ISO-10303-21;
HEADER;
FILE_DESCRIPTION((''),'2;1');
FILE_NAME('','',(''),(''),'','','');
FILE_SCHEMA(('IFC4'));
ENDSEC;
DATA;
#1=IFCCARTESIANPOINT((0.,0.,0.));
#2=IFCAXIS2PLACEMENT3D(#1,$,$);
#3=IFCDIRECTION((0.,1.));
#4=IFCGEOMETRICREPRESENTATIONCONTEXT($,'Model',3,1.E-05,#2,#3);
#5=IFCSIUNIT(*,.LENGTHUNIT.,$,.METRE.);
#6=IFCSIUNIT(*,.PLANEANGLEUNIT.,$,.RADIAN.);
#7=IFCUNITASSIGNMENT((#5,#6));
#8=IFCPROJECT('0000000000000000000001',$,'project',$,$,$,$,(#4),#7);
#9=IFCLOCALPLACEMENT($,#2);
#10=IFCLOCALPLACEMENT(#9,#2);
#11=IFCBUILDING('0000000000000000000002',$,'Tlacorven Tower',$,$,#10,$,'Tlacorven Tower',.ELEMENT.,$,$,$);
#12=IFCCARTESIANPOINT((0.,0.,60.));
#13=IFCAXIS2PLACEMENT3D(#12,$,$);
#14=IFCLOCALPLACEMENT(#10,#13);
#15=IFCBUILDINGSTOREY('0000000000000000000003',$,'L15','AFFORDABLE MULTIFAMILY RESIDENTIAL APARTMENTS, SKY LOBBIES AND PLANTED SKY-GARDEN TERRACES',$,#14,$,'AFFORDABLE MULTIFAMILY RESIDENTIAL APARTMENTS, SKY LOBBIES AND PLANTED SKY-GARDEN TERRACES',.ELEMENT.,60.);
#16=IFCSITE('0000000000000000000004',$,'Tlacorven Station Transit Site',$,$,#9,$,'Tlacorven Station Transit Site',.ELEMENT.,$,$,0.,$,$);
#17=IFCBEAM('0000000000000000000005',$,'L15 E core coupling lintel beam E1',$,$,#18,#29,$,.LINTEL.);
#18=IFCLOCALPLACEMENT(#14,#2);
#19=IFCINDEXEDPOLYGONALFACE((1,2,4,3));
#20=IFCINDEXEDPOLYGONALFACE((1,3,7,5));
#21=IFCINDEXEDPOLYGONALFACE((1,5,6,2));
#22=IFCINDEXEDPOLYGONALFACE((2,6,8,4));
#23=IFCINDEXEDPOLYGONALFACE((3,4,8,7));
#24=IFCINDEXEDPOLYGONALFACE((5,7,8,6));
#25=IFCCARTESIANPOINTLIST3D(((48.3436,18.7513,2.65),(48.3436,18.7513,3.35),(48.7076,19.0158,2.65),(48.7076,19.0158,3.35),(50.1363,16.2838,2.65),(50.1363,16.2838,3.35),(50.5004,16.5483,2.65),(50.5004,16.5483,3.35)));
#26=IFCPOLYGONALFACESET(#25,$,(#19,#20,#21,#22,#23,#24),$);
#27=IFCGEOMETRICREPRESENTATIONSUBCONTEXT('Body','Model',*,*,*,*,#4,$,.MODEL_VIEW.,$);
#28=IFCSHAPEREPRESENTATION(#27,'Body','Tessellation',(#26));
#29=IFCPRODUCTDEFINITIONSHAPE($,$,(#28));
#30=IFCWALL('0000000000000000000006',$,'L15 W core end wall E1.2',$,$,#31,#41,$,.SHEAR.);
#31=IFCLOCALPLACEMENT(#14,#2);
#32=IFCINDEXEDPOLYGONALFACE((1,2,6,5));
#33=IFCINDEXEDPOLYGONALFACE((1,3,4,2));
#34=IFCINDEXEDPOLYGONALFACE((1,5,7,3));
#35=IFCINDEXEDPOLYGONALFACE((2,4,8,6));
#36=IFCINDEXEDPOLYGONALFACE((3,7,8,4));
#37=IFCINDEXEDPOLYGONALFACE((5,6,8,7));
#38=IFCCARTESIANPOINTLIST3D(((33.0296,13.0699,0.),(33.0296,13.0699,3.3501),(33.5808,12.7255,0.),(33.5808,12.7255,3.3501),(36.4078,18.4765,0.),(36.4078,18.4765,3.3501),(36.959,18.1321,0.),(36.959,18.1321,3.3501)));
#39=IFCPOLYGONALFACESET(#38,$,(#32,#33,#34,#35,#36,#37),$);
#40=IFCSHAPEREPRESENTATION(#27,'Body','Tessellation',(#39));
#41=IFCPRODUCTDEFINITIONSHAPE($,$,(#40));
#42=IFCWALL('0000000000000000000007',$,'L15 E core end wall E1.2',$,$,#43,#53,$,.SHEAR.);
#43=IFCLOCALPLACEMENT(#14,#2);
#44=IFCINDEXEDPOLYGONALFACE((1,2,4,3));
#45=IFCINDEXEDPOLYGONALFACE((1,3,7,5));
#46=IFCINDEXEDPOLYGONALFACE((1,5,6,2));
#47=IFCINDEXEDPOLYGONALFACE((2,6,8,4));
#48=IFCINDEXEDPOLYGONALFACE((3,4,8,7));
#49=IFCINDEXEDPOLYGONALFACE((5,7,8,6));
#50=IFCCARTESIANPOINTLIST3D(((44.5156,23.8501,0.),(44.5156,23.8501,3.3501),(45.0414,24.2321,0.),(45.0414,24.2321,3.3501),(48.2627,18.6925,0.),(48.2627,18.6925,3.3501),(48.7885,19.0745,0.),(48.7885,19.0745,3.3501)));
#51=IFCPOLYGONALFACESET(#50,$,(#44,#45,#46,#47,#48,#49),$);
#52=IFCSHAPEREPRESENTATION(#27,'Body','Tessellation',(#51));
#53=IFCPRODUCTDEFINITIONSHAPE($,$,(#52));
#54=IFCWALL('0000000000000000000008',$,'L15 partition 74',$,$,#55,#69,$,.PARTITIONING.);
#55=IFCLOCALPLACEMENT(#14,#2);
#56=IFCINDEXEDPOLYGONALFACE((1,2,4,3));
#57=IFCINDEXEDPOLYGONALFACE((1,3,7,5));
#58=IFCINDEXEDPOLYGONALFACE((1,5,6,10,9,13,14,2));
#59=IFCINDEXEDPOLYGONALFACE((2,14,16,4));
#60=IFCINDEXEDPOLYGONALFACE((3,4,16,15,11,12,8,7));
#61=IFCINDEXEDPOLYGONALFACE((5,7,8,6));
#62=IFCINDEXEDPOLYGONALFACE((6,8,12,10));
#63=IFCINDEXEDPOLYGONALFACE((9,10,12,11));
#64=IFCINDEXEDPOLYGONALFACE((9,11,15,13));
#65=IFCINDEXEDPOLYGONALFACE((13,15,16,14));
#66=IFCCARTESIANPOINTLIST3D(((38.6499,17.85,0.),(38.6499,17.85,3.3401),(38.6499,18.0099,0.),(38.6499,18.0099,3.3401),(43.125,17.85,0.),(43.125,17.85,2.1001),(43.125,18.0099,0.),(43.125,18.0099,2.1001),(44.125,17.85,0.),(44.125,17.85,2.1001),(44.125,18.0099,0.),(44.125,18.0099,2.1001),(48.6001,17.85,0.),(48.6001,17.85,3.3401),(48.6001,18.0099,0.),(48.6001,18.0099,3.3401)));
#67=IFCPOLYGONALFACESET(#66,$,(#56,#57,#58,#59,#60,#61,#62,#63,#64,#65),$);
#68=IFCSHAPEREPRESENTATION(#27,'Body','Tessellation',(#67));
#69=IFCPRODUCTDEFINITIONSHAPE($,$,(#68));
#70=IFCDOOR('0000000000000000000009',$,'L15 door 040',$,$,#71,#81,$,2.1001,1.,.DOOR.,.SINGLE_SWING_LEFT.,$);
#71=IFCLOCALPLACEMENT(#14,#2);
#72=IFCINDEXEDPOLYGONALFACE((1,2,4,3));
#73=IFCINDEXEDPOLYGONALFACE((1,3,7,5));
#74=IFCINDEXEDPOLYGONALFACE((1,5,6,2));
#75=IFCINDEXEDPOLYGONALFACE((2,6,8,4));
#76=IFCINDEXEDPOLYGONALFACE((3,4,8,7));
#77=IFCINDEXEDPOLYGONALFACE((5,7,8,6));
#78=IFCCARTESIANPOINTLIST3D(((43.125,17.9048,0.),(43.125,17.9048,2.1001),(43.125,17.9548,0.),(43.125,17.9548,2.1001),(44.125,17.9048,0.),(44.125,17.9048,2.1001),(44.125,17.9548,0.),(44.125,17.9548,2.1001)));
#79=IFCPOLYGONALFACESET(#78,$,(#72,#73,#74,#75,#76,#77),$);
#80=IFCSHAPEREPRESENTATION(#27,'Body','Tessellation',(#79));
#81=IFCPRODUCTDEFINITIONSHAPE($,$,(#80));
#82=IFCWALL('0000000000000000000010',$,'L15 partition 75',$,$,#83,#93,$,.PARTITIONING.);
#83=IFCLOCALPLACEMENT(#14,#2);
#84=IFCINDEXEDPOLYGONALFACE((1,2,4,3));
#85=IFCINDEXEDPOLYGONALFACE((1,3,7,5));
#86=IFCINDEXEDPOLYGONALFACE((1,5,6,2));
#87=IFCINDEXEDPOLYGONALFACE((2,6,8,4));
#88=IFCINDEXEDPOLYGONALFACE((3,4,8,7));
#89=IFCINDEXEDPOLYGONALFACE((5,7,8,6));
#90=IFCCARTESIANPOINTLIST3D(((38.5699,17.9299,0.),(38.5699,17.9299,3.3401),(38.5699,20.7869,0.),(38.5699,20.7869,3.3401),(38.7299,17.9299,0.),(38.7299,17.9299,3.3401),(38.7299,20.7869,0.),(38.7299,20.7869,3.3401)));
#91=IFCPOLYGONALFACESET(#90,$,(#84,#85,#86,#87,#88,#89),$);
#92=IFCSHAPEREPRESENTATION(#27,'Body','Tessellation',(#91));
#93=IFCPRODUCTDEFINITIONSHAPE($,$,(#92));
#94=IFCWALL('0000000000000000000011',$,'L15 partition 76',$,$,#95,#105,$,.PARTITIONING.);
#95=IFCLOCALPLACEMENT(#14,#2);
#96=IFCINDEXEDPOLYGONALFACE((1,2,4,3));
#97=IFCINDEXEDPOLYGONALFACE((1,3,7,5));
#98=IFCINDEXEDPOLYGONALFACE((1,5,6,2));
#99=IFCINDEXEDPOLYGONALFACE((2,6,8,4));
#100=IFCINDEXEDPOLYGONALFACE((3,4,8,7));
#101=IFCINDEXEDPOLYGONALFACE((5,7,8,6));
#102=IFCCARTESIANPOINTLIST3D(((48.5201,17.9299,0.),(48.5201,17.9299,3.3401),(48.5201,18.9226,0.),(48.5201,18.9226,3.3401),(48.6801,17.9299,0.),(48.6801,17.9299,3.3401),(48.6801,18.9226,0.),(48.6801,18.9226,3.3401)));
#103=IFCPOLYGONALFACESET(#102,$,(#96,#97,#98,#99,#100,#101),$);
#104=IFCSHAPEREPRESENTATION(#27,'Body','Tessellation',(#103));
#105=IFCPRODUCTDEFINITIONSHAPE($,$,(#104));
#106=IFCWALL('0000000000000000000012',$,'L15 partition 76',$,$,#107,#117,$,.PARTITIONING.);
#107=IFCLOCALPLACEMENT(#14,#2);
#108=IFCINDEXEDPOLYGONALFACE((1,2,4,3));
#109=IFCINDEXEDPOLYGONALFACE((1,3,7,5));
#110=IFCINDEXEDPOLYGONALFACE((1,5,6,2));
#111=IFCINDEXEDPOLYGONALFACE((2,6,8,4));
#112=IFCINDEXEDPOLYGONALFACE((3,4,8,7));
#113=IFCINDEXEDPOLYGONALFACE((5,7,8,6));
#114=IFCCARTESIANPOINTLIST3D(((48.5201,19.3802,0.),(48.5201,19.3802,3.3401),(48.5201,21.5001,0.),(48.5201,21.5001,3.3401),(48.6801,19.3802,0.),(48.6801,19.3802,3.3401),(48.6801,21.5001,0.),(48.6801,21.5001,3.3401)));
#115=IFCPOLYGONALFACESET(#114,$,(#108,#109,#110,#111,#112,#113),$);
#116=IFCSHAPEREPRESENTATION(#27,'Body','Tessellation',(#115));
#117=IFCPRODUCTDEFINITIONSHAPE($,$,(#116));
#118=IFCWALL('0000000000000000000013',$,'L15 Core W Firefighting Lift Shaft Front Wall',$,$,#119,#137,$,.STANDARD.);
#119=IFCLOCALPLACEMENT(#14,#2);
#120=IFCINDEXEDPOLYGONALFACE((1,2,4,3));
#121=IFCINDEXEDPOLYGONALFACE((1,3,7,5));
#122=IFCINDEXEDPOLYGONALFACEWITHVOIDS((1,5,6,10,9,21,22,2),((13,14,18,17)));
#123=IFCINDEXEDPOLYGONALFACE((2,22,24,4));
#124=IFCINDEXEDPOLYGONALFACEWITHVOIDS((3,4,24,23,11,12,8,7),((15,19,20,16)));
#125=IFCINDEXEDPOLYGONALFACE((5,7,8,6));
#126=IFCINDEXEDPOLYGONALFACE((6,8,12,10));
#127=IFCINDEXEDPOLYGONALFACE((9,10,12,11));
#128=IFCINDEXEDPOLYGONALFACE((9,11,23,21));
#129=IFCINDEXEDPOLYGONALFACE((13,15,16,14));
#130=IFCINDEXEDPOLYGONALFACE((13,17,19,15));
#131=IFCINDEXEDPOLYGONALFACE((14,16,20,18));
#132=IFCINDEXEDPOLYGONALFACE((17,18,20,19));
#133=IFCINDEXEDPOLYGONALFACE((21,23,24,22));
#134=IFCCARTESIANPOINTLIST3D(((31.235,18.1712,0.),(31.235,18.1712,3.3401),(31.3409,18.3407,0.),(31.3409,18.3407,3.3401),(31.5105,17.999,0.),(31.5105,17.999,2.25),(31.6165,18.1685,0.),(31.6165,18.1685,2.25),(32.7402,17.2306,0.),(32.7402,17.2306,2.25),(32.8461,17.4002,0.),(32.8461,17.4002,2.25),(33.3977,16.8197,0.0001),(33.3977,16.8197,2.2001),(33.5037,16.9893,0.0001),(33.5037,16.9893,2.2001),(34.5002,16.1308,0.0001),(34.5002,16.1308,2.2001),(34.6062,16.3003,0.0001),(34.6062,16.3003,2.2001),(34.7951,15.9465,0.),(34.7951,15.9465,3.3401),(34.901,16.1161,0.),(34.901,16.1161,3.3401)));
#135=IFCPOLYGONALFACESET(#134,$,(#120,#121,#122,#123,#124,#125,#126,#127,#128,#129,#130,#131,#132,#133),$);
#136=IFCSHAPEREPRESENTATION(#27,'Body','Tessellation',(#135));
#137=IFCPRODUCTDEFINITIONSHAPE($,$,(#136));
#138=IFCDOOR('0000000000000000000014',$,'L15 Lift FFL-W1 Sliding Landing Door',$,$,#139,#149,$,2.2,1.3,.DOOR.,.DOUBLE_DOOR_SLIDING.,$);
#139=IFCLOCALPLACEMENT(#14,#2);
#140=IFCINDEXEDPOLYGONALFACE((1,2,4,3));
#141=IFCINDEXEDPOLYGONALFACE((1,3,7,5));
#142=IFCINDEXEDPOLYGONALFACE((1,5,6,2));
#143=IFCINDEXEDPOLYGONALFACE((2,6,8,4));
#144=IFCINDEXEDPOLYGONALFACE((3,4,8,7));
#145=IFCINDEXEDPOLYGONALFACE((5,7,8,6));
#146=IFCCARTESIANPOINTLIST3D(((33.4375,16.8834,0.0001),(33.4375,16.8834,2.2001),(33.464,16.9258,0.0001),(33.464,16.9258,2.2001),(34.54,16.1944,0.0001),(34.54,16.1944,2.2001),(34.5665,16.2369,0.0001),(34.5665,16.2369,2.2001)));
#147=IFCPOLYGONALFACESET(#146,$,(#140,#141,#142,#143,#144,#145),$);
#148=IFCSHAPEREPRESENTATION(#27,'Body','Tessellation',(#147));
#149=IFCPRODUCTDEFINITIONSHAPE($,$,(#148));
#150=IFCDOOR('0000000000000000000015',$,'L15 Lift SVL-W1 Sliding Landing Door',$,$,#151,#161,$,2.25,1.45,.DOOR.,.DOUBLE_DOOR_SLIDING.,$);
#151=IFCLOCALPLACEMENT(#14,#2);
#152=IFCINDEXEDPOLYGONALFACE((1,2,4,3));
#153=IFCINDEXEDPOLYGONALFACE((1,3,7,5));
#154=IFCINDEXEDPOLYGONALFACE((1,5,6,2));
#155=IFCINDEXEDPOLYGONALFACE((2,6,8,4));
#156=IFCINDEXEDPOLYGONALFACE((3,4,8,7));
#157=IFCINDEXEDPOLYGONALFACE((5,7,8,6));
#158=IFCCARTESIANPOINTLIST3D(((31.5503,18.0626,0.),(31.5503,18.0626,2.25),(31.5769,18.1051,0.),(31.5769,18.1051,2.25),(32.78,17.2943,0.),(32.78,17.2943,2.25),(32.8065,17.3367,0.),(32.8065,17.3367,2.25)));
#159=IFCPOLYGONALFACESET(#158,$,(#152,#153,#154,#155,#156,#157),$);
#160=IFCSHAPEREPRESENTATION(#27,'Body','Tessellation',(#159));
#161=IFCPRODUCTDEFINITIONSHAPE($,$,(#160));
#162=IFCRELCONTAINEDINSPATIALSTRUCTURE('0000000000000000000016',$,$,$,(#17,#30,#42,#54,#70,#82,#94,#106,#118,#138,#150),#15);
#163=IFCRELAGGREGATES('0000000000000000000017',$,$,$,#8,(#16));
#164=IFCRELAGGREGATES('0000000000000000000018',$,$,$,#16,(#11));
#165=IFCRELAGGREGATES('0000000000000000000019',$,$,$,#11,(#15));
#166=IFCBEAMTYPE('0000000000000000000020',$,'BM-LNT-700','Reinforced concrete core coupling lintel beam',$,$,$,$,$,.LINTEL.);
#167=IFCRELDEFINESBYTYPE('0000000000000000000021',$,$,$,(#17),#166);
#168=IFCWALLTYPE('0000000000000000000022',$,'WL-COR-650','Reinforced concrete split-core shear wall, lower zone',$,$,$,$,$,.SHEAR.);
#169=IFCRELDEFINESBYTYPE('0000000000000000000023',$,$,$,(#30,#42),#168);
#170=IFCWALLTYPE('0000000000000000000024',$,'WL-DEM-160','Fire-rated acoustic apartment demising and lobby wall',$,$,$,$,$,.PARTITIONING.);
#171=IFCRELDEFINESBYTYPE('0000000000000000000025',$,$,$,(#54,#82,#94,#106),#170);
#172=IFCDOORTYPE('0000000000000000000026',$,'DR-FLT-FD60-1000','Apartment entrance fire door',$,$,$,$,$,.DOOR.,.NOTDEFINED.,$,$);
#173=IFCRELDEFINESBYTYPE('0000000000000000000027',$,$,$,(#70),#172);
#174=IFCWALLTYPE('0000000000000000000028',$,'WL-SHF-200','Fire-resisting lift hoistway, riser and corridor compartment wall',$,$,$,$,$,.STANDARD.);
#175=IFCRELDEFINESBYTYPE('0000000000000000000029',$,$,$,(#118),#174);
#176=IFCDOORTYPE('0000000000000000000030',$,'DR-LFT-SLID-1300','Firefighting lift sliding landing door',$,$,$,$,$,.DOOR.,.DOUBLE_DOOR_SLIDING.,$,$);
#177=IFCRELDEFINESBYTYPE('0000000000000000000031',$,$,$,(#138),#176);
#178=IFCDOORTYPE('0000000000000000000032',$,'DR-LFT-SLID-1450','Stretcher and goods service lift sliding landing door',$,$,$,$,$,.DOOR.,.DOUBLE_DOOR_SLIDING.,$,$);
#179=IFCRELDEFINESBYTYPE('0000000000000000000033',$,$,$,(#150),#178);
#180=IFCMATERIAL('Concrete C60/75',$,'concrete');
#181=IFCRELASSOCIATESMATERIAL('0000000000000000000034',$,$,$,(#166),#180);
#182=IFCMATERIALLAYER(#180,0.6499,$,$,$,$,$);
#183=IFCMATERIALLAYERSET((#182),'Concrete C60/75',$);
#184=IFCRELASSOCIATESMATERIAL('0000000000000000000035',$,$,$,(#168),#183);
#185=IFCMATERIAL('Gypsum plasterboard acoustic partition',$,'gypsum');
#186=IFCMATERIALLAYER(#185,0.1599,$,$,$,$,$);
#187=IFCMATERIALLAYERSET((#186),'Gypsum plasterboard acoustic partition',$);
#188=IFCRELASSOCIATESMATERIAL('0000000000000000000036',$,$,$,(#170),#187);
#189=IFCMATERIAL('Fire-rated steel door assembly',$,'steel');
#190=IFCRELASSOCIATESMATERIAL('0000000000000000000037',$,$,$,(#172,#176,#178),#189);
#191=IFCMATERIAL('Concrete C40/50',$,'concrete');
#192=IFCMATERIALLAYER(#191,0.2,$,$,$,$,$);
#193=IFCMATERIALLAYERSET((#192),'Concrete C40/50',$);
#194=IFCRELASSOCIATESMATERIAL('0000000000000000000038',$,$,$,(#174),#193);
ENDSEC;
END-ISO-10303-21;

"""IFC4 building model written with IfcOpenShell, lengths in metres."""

from ifc_helpers import new_model, si_unit, direction, frame, frame_2d, origin, origin_2d, place, context, subcontext, project, spatial, rectangle, extrude, source, transform, mapped, material, layer, layer_set, material_profile, profile_set, type_object, element, fill, save


model = new_model("IFC4")

# Units and contexts
model_context = context("Model", 3, precision=1e-05, world=origin(), true_north=direction((0.0, 1.0)))
body_context = subcontext(model_context, "Body", "Model", "MODEL_VIEW")
ifc_project = project(units=[si_unit("LENGTHUNIT", "METRE"), si_unit("PLANEANGLEUNIT", "RADIAN")], contexts=[model_context])

# Site, building, storey
site_placement = place(None, origin())
site = spatial("IfcSite", under=ifc_project, at=site_placement, Name="Tlacorven Station Transit Site", LongName="Tlacorven Station Transit Site", CompositionType="ELEMENT", RefElevation=0.0)
building_placement = place(site_placement, origin())
building = spatial("IfcBuilding", under=site, at=building_placement, Name="Tlacorven Tower", LongName="Tlacorven Tower", CompositionType="ELEMENT")
storey_placement = place(building_placement, frame((0.0, 0.0, 60.0)))
storey = spatial("IfcBuildingStorey", under=building, at=storey_placement, Name="L15", Description="AFFORDABLE MULTIFAMILY RESIDENTIAL APARTMENTS, SKY LOBBIES AND PLANTED SKY-GARDEN TERRACES", LongName="AFFORDABLE MULTIFAMILY RESIDENTIAL APARTMENTS, SKY LOBBIES AND PLANTED SKY-GARDEN TERRACES", CompositionType="ELEMENT", Elevation=60.0)

# Beam
ifc_material_1 = material(Name="Concrete C60/75", Category="concrete")
ifc_material_profile = material_profile(ifc_material_1, rectangle(XDim=0.45, YDim=0.7, at=origin_2d()), Name="RC 450X700")
ifc_profile_set = profile_set([ifc_material_profile], Name="Concrete C60/75")
beam_type = type_object("IfcBeamType", Name="BM-LNT-700", Description="Reinforced concrete core coupling lintel beam", PredefinedType="LINTEL", material=ifc_profile_set)
shared_shape_1 = source(origin(), body_context, "Body", "SweptSolid", [
    extrude(rectangle(XDim=0.45, YDim=0.7, at=origin_2d()), origin(), (0.0, 0.0, 1.0), 3.05),
])
beam_placement = place(storey_placement, frame((50.3184, 16.416, 3.0), z_axis=(-0.587777, 0.809023, 0.0), x_axis=(-0.809023, -0.587777, 0.0)))
element("IfcBeam", 1, at=beam_placement, inside=storey, type_object=beam_type, Name="L15 E core coupling lintel beam E1", PredefinedType="LINTEL", context=body_context, shape_type="MappedRepresentation", body=[
    mapped(shared_shape_1, transform((0.0, 0.0, 0.0), scale=1.0)),
])

# Walls
ifc_layer_1 = layer(ifc_material_1, 0.6499)
ifc_layer_set_1 = layer_set([ifc_layer_1], Name="Concrete C60/75")
wall_type_1 = type_object("IfcWallType", Name="WL-COR-650", Description="Reinforced concrete split-core shear wall, lower zone", PredefinedType="SHEAR", material=ifc_layer_set_1)
wall_1_placement = place(storey_placement, frame((36.6833, 18.3042, 0.0), z_axis=(0.0, 0.0, 1.0), x_axis=(-0.529899, -0.848061, 0.0)))
element("IfcWall", 2, at=wall_1_placement, inside=storey, type_object=wall_type_1, Name="L15 W core end wall E1.2", PredefinedType="SHEAR", context=body_context, shape_type="SweptSolid", body=[
    extrude(rectangle(XDim=6.3752, YDim=0.6499, at=frame_2d((3.1875, 0.0))), origin(), (0.0, 0.0, 1.0), 3.3501),
])
wall_2_placement = place(storey_placement, frame((48.5256, 18.8835, 0.0), z_axis=(0.0, 0.0, 1.0), x_axis=(-0.58778, 0.809021, 0.0)))
element("IfcWall", 3, at=wall_2_placement, inside=storey, type_object=wall_type_1, Name="L15 E core end wall E1.2", PredefinedType="SHEAR", context=body_context, shape_type="SweptSolid", body=[
    extrude(rectangle(XDim=6.375, YDim=0.6499, at=frame_2d((3.1875, 0.0))), origin(), (0.0, 0.0, 1.0), 3.3501),
])

# Wall, opening, door
ifc_material_2 = material(Name="Gypsum plasterboard acoustic partition", Category="gypsum")
ifc_layer_2 = layer(ifc_material_2, 0.1599)
ifc_layer_set_2 = layer_set([ifc_layer_2], Name="Gypsum plasterboard acoustic partition")
wall_type_2 = type_object("IfcWallType", Name="WL-DEM-160", Description="Fire-rated acoustic apartment demising and lobby wall", PredefinedType="PARTITIONING", material=ifc_layer_set_2)
wall_3_placement = place(storey_placement, frame((38.6499, 17.9299, 0.0), z_axis=(0.0, 0.0, 1.0), x_axis=(1.0, 0.0, 0.0)))
wall_3 = element("IfcWall", 4, at=wall_3_placement, inside=storey, type_object=wall_type_2, Name="L15 partition 74", PredefinedType="PARTITIONING", context=body_context, shape_type="SweptSolid", body=[
    extrude(rectangle(XDim=9.9502, YDim=0.1599, at=frame_2d((4.9751, 0.0))), origin(), (0.0, 0.0, 1.0), 3.3401),
])
opening_1_placement = place(wall_3_placement, frame((4.4751, 0.0, 0.0)))
opening_1 = element("IfcOpeningElement", 5, at=opening_1_placement, cuts=wall_3, PredefinedType="OPENING", context=body_context, shape_type="SweptSolid", body=[
    extrude(rectangle(XDim=1.0, YDim=2.1001, at=frame_2d((0.5, 1.05))), frame((0.0, 0.0898, 0.0), z_axis=(0.0, -1.0, 0.0), x_axis=(1.0, 0.0, 0.0)), (0.0, 0.0, 1.0), 0.1799),
])
ifc_material_3 = material(Name="Fire-rated steel door assembly", Category="steel")
door_type_1 = type_object("IfcDoorType", Name="DR-FLT-FD60-1000", Description="Apartment entrance fire door", OperationType="NOTDEFINED", PredefinedType="DOOR", material=ifc_material_3)
shared_shape_2 = source(origin(), body_context, "Body", "SweptSolid", [
    extrude(rectangle(XDim=1.0, YDim=2.1001, at=frame_2d((0.5, 1.05))), frame((0.0, 0.0249, 0.0), z_axis=(0.0, -1.0, 0.0), x_axis=(1.0, 0.0, 0.0)), (0.0, 0.0, 1.0), 0.05),
])
door_1_placement = place(opening_1_placement, origin())
door_1 = element("IfcDoor", 6, at=door_1_placement, inside=storey, type_object=door_type_1, Name="L15 door 040", OperationType="SINGLE_SWING_LEFT", OverallHeight=2.1001, OverallWidth=1.0, PredefinedType="DOOR", context=body_context, shape_type="MappedRepresentation", body=[
    mapped(shared_shape_2, transform((0.0, 0.0, 0.0), scale=1.0)),
])
fill(opening_1, door_1)

# Walls
wall_4_placement = place(storey_placement, frame((38.6499, 17.9299, 0.0), z_axis=(0.0, 0.0, 1.0), x_axis=(0.0, 1.0, 0.0)))
element("IfcWall", 7, at=wall_4_placement, inside=storey, type_object=wall_type_2, Name="L15 partition 75", PredefinedType="PARTITIONING", context=body_context, shape_type="SweptSolid", body=[
    extrude(rectangle(XDim=2.8569, YDim=0.1599, at=frame_2d((1.4285, 0.0))), origin(), (0.0, 0.0, 1.0), 3.3401),
])
wall_5_placement = place(storey_placement, frame((48.6001, 17.9299, 0.0), z_axis=(0.0, 0.0, 1.0), x_axis=(0.0, 1.0, 0.0)))
element("IfcWall", 8, at=wall_5_placement, inside=storey, type_object=wall_type_2, Name="L15 partition 76", PredefinedType="PARTITIONING", context=body_context, shape_type="SweptSolid", body=[
    extrude(rectangle(XDim=0.9927, YDim=0.1599, at=frame_2d((0.4963, 0.0))), origin(), (0.0, 0.0, 1.0), 3.3401),
])
wall_6_placement = place(storey_placement, frame((48.6001, 19.3801, 0.0), z_axis=(0.0, 0.0, 1.0), x_axis=(0.0, 1.0, 0.0)))
element("IfcWall", 9, at=wall_6_placement, inside=storey, type_object=wall_type_2, Name="L15 partition 76", PredefinedType="PARTITIONING", context=body_context, shape_type="SweptSolid", body=[
    extrude(rectangle(XDim=2.1199, YDim=0.1599, at=frame_2d((1.0601, 0.0))), origin(), (0.0, 0.0, 1.0), 3.3401),
])

# Wall, openings, doors
ifc_material_4 = material(Name="Concrete C40/50", Category="concrete")
ifc_layer_3 = layer(ifc_material_4, 0.2)
ifc_layer_set_3 = layer_set([ifc_layer_3], Name="Concrete C40/50")
wall_type_3 = type_object("IfcWallType", Name="WL-SHF-200", Description="Fire-resisting lift hoistway, riser and corridor compartment wall", PredefinedType="STANDARD", material=ifc_layer_set_3)
wall_7_placement = place(storey_placement, frame((34.8481, 16.0312, 0.0), z_axis=(0.0, 0.0, 1.0), x_axis=(-0.848044, 0.529926, 0.0)))
wall_7 = element("IfcWall", 10, at=wall_7_placement, inside=storey, type_object=wall_type_3, Name="L15 Core W Firefighting Lift Shaft Front Wall", PredefinedType="STANDARD", context=body_context, shape_type="SweptSolid", body=[
    extrude(rectangle(XDim=4.198, YDim=0.2, at=frame_2d((2.0991, 0.0))), origin(), (0.0, 0.0, 1.0), 3.3401),
])
opening_2_placement = place(wall_7_placement, frame((0.3479, 0.0, 0.0)))
opening_2 = element("IfcOpeningElement", 11, at=opening_2_placement, cuts=wall_7, PredefinedType="OPENING", context=body_context, shape_type="SweptSolid", body=[
    extrude(rectangle(XDim=1.3, YDim=2.2, at=frame_2d((0.6499, 1.1001))), frame((0.0, 0.1099, 0.0), z_axis=(0.0, -1.0, 0.0), x_axis=(1.0, 0.0, 0.0)), (0.0, 0.0, 1.0), 0.22),
])
opening_3_placement = place(wall_7_placement, frame((2.4231, 0.0, 0.0)))
opening_3 = element("IfcOpeningElement", 12, at=opening_3_placement, cuts=wall_7, PredefinedType="OPENING", context=body_context, shape_type="SweptSolid", body=[
    extrude(rectangle(XDim=1.45, YDim=2.25, at=frame_2d((0.7251, 1.125))), frame((0.0, 0.1099, 0.0), z_axis=(0.0, -1.0, 0.0), x_axis=(1.0, 0.0, 0.0)), (0.0, 0.0, 1.0), 0.22),
])
door_type_2 = type_object("IfcDoorType", Name="DR-LFT-SLID-1300", Description="Firefighting lift sliding landing door", OperationType="DOUBLE_DOOR_SLIDING", PredefinedType="DOOR", material=ifc_material_3)
shared_shape_3 = source(origin(), body_context, "Body", "SweptSolid", [
    extrude(rectangle(XDim=1.3, YDim=2.2, at=frame_2d((0.6499, 1.1001))), frame((0.0, 0.0249, 0.0), z_axis=(0.0, -1.0, 0.0), x_axis=(1.0, 0.0, 0.0)), (0.0, 0.0, 1.0), 0.05),
])
door_2_placement = place(opening_2_placement, origin())
door_2 = element("IfcDoor", 13, at=door_2_placement, inside=storey, type_object=door_type_2, Name="L15 Lift FFL-W1 Sliding Landing Door", OperationType="DOUBLE_DOOR_SLIDING", OverallHeight=2.2, OverallWidth=1.3, PredefinedType="DOOR", context=body_context, shape_type="MappedRepresentation", body=[
    mapped(shared_shape_3, transform((0.0, 0.0, 0.0), scale=1.0)),
])
fill(opening_2, door_2)
door_type_3 = type_object("IfcDoorType", Name="DR-LFT-SLID-1450", Description="Stretcher and goods service lift sliding landing door", OperationType="DOUBLE_DOOR_SLIDING", PredefinedType="DOOR", material=ifc_material_3)
shared_shape_4 = source(origin(), body_context, "Body", "SweptSolid", [
    extrude(rectangle(XDim=1.45, YDim=2.25, at=frame_2d((0.7251, 1.125))), frame((0.0, 0.0249, 0.0), z_axis=(0.0, -1.0, 0.0), x_axis=(1.0, 0.0, 0.0)), (0.0, 0.0, 1.0), 0.05),
])
door_3_placement = place(opening_3_placement, origin())
door_3 = element("IfcDoor", 14, at=door_3_placement, inside=storey, type_object=door_type_3, Name="L15 Lift SVL-W1 Sliding Landing Door", OperationType="DOUBLE_DOOR_SLIDING", OverallHeight=2.25, OverallWidth=1.45, PredefinedType="DOOR", context=body_context, shape_type="MappedRepresentation", body=[
    mapped(shared_shape_4, transform((0.0, 0.0, 0.0), scale=1.0)),
])
fill(opening_3, door_3)

save(model, "model.ifc")
